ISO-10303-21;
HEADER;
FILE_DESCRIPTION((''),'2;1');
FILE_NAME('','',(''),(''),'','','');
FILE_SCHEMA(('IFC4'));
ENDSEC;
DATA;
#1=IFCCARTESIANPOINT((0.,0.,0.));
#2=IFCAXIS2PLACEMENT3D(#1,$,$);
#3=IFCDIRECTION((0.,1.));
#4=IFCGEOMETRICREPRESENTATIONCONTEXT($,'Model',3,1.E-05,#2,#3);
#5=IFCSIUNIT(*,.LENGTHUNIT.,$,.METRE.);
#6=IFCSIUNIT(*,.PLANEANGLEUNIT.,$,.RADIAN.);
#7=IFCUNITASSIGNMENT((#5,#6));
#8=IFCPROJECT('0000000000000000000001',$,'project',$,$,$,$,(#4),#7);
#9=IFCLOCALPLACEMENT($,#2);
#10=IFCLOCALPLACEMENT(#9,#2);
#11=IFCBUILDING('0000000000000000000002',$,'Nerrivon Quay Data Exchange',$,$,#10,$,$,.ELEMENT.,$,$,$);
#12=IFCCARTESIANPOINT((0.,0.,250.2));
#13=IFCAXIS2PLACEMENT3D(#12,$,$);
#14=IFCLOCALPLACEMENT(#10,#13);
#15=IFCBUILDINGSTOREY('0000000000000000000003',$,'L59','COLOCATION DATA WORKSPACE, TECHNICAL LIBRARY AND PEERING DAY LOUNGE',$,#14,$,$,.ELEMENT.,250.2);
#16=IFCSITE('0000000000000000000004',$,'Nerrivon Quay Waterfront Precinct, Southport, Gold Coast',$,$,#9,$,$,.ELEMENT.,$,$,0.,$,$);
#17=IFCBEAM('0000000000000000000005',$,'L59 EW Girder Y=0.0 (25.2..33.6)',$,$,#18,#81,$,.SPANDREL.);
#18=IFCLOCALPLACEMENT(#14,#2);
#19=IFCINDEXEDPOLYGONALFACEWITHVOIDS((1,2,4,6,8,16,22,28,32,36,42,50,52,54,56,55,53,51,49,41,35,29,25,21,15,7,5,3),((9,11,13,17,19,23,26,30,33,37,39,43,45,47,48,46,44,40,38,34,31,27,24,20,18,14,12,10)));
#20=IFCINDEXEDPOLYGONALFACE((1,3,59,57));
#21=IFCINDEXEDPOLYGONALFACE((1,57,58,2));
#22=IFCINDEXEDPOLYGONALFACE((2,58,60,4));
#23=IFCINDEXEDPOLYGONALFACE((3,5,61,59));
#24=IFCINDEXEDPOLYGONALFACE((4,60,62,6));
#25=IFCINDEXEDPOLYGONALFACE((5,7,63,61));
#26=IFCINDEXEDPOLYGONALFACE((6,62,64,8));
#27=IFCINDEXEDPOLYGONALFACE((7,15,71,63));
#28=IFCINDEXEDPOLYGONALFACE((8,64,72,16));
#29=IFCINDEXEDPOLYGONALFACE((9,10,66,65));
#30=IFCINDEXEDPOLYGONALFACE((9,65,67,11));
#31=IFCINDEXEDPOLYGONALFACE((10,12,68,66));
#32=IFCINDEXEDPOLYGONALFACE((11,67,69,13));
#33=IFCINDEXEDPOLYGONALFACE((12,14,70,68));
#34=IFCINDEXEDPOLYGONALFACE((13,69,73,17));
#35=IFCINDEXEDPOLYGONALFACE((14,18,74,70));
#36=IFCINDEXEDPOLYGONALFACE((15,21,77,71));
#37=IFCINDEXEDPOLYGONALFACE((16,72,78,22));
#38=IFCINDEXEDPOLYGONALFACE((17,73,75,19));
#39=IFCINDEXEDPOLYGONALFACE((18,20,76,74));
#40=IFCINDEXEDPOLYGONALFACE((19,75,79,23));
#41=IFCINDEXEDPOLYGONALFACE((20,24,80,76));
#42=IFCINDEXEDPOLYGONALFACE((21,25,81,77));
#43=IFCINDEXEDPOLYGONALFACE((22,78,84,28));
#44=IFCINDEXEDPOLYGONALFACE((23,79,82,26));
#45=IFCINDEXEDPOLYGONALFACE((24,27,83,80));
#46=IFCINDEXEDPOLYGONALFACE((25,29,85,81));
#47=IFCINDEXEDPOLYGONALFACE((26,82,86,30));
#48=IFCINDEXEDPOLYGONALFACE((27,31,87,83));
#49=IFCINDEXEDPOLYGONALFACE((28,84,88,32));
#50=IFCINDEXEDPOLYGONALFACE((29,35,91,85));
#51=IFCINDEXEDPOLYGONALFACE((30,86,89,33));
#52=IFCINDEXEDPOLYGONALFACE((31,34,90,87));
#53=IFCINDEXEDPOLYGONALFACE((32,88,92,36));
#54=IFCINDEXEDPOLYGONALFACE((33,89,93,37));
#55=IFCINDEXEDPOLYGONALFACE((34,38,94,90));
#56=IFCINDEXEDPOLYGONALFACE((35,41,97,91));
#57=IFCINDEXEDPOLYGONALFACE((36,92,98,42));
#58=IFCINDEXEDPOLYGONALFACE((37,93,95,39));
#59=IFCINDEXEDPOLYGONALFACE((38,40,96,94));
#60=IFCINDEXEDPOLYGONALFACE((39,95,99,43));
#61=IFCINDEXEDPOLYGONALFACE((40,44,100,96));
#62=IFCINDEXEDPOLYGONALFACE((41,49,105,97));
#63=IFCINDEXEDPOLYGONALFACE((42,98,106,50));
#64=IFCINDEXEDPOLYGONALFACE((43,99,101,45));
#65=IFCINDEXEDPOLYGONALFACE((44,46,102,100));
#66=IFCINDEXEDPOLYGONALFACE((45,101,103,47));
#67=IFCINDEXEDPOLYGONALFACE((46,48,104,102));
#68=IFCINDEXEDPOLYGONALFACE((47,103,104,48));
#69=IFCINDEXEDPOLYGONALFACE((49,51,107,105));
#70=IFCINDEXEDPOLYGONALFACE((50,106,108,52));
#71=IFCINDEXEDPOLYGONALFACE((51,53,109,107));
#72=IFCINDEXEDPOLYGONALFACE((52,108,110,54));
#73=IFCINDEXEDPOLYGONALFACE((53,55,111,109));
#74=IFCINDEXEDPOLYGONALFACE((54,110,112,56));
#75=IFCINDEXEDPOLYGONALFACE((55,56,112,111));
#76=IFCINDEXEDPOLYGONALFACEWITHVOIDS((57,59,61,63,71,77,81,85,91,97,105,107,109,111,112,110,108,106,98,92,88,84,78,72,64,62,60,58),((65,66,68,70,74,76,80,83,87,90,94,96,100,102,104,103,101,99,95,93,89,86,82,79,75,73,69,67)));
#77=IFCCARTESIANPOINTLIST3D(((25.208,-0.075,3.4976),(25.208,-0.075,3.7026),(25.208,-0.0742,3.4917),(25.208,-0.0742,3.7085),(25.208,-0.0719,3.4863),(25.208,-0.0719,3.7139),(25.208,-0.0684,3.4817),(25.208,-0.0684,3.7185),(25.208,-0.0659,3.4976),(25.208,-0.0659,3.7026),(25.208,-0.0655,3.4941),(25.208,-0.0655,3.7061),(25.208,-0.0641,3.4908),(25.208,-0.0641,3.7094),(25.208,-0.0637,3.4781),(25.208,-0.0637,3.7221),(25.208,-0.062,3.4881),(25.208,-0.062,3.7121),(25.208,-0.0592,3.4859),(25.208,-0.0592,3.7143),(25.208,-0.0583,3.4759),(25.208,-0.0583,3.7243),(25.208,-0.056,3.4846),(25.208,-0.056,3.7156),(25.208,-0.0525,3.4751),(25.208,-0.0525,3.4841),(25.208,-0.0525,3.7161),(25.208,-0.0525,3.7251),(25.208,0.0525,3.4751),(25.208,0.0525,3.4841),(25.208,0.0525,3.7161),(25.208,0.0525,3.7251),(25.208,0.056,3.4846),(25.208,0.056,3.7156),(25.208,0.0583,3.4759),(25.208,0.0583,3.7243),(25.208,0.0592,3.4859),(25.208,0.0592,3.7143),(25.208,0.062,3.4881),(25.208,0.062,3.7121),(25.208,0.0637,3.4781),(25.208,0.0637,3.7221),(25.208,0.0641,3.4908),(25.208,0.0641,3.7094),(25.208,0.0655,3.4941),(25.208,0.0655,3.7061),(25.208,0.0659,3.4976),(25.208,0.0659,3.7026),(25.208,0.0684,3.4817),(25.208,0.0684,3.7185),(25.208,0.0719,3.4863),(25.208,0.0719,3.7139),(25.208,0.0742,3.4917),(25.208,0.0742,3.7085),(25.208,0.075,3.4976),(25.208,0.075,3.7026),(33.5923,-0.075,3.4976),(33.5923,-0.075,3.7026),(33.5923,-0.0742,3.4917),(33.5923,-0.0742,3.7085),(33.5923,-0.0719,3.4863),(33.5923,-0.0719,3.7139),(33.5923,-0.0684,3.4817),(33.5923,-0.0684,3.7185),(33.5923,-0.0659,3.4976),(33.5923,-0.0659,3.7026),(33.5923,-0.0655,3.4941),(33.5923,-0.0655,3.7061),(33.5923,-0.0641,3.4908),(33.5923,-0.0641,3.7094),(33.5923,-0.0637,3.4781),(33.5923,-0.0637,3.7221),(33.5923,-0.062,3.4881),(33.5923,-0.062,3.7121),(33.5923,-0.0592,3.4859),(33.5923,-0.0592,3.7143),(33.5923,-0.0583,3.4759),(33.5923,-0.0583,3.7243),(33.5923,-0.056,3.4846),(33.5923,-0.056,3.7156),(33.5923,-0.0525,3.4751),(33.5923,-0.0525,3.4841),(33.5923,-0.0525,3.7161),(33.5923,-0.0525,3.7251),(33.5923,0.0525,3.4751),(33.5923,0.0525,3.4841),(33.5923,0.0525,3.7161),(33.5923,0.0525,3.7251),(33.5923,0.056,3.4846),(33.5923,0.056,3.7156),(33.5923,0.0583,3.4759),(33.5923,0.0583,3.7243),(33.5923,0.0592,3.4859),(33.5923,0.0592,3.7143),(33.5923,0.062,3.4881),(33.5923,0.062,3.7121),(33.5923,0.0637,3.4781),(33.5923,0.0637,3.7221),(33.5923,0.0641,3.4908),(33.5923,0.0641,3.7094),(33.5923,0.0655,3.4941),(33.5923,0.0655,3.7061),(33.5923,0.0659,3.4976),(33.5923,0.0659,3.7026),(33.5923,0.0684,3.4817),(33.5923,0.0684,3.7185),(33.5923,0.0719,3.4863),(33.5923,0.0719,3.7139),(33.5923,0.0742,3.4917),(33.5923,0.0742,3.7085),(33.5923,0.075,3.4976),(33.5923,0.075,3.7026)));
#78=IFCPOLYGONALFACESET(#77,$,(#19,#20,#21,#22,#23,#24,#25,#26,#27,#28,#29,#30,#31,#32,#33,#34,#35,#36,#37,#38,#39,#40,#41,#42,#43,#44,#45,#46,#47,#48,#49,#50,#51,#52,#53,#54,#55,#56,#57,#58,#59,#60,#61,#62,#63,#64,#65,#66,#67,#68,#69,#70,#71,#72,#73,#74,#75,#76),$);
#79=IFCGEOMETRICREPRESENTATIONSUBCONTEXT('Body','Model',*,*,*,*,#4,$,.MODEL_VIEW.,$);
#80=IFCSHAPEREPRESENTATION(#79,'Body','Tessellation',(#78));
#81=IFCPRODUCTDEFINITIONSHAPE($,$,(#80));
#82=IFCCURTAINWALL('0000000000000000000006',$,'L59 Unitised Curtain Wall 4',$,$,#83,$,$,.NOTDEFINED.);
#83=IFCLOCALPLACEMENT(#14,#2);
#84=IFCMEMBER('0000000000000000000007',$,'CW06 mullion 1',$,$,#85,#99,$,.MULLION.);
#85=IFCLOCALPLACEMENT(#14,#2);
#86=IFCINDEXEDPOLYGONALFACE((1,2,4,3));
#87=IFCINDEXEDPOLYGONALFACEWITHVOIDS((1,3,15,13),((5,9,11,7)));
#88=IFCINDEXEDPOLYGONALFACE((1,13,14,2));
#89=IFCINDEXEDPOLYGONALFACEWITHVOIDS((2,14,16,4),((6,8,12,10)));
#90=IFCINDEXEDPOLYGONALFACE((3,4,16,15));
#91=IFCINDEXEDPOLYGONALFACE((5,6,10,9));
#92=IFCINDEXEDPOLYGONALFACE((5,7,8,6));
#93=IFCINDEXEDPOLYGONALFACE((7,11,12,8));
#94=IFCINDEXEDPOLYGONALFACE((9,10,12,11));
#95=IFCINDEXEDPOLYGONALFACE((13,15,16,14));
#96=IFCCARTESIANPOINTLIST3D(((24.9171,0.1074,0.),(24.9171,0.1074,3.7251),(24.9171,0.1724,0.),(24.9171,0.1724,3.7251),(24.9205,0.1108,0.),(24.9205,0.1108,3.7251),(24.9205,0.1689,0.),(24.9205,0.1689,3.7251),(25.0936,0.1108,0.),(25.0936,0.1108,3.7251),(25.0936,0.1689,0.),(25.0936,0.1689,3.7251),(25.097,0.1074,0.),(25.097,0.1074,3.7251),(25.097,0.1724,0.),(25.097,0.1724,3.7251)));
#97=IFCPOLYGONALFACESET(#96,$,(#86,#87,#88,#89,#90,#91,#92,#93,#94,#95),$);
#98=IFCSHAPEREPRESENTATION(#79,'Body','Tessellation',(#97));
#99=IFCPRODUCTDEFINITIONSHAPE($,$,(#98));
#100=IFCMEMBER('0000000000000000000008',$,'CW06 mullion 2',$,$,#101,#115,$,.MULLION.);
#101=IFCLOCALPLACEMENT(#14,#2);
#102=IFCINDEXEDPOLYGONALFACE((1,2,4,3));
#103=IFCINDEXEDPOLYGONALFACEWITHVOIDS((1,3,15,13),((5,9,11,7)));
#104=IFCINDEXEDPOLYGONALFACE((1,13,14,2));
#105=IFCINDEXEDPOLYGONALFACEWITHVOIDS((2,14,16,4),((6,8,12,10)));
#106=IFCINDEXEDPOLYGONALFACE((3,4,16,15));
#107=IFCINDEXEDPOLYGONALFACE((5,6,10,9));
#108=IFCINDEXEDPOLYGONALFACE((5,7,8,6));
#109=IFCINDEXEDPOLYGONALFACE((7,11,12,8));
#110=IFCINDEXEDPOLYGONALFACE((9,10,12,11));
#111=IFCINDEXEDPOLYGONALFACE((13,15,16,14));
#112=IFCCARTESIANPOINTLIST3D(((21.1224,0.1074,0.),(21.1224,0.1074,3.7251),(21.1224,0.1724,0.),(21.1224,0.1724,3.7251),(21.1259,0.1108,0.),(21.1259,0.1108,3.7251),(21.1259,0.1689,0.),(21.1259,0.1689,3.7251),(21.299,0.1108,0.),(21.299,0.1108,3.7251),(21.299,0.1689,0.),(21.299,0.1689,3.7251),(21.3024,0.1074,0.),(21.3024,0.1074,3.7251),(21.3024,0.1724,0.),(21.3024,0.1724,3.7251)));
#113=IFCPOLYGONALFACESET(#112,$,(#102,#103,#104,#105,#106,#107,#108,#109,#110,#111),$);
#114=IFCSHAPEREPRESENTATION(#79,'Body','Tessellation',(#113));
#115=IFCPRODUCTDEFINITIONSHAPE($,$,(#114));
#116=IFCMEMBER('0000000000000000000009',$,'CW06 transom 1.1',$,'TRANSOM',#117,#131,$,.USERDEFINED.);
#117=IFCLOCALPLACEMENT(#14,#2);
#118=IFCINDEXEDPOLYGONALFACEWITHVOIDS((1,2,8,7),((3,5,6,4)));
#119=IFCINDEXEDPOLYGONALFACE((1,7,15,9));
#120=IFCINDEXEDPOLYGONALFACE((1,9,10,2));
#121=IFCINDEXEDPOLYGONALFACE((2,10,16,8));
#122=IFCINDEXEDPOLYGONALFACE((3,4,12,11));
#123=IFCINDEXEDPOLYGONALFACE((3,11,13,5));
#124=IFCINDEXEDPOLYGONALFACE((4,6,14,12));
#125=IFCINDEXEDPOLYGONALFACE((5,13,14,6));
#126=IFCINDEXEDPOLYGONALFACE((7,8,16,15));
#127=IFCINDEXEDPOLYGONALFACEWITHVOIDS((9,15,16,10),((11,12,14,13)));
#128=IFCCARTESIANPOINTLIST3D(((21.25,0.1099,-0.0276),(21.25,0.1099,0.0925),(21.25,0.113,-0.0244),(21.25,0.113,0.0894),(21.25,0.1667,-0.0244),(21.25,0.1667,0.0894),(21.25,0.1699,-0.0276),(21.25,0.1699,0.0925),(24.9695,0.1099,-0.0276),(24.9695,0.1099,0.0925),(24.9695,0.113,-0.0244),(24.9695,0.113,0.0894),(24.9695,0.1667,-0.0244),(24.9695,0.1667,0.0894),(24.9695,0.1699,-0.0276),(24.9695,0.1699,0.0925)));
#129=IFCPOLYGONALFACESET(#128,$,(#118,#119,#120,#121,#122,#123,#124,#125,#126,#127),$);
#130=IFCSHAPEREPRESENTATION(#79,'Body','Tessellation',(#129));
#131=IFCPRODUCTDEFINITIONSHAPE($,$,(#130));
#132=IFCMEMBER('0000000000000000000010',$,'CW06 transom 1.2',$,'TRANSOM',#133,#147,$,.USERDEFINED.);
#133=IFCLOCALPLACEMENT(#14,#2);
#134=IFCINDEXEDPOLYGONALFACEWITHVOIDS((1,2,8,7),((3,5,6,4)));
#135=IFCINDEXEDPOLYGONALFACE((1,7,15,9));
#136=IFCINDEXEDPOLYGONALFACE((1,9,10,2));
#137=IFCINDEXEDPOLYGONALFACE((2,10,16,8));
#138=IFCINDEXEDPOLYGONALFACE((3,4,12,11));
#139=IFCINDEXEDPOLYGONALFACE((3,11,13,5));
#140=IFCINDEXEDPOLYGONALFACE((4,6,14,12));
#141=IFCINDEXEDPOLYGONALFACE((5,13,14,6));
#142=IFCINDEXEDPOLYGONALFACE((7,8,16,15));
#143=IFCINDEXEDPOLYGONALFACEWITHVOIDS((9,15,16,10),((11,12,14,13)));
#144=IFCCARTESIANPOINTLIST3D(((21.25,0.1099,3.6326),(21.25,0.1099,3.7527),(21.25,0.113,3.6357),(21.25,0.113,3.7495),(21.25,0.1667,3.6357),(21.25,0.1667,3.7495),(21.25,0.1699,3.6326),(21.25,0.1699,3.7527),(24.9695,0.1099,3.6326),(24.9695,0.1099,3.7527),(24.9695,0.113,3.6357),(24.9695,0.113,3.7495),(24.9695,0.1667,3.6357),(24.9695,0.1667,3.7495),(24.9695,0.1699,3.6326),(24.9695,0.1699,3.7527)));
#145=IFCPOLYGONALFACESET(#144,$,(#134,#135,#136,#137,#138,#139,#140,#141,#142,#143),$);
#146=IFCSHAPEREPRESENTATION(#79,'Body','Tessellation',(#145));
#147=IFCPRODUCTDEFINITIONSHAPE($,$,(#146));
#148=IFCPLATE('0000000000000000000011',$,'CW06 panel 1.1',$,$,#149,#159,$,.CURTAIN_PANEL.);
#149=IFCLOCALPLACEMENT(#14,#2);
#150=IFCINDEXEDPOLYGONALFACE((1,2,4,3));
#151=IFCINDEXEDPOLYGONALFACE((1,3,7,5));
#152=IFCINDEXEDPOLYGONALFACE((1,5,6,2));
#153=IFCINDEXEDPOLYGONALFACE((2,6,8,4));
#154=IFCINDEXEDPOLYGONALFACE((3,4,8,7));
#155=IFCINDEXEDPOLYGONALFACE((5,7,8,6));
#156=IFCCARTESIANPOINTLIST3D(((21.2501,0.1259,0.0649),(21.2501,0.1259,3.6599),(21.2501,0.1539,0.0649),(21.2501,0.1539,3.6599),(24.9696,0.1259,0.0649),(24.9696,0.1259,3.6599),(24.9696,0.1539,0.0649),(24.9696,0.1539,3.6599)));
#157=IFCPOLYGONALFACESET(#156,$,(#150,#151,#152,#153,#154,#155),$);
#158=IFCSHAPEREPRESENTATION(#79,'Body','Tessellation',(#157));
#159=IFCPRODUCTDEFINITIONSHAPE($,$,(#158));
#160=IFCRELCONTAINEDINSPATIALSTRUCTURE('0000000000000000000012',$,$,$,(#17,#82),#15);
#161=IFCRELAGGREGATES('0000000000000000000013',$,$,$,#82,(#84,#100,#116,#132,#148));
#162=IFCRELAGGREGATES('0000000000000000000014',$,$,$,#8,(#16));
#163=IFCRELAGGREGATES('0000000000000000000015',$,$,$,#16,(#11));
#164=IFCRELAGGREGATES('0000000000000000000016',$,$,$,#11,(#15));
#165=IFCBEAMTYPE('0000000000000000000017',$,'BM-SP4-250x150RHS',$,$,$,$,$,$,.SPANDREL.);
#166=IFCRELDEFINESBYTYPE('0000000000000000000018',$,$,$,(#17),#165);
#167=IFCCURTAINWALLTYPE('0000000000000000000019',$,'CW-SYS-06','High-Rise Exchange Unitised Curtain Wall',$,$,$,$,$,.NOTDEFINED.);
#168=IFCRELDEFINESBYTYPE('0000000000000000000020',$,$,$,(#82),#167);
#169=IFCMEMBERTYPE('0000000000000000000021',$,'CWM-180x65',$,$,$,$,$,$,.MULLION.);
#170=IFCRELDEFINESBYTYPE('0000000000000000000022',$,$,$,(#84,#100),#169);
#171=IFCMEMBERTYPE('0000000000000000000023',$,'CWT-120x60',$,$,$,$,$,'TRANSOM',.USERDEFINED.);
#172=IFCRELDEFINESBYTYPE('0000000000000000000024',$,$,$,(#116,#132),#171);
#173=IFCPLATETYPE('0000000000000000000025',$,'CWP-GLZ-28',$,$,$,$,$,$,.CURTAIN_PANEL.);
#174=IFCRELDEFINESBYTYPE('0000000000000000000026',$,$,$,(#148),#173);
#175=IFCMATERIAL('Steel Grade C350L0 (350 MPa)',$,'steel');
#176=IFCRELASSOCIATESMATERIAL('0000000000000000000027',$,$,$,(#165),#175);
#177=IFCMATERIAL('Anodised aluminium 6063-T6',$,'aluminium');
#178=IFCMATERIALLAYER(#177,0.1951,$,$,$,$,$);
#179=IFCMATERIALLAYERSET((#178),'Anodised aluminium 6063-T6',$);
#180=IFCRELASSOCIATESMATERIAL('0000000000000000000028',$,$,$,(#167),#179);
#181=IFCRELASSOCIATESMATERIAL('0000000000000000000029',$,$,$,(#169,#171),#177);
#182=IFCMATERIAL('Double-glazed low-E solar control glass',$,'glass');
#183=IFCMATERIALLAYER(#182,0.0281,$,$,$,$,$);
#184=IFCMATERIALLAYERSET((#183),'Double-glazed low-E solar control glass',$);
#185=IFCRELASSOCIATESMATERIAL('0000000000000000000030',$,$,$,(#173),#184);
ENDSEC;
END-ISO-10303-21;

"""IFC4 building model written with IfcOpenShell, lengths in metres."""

from ifc_helpers import new_model, si_unit, direction, frame, origin, origin_2d, place, context, subcontext, project, spatial, rectangle, hollow_rectangle, extrude, material, layer, layer_set, material_profile, profile_set, type_object, element, aggregate, save


model = new_model("IFC4")

# Units and contexts
model_context = context("Model", 3, precision=1e-05, world=origin(), true_north=direction((0.0, 1.0)))
body_context = subcontext(model_context, "Body", "Model", "MODEL_VIEW")
ifc_project = project(units=[si_unit("LENGTHUNIT", "METRE"), si_unit("PLANEANGLEUNIT", "RADIAN")], contexts=[model_context])

# Site, building, storey
site_placement = place(None, origin())
site = spatial("IfcSite", under=ifc_project, at=site_placement, Name="Nerrivon Quay Waterfront Precinct, Southport, Gold Coast", CompositionType="ELEMENT", RefElevation=0.0)
building_placement = place(site_placement, origin())
building = spatial("IfcBuilding", under=site, at=building_placement, Name="Nerrivon Quay Data Exchange", CompositionType="ELEMENT")
storey_placement = place(building_placement, frame((0.0, 0.0, 250.2)))
storey = spatial("IfcBuildingStorey", under=building, at=storey_placement, Name="L59", Description="COLOCATION DATA WORKSPACE, TECHNICAL LIBRARY AND PEERING DAY LOUNGE", CompositionType="ELEMENT", Elevation=250.2)

# Beam
ifc_material_1 = material(Name="Steel Grade C350L0 (350 MPa)", Category="steel")
ifc_material_profile_1 = material_profile(ifc_material_1, hollow_rectangle(XDim=0.1499, YDim=0.25, WallThickness=0.009, InnerFilletRadius=0.0134, OuterFilletRadius=0.0225, at=origin_2d()), Name="250x150x9.0RHS")
ifc_profile_set_1 = profile_set([ifc_material_profile_1], Name="Steel Grade C350L0 (350 MPa)")
beam_type_1 = type_object("IfcBeamType", Name="BM-SP4-250x150RHS", PredefinedType="SPANDREL", material=ifc_profile_set_1)
for number, where, z_axis, x_axis, name in (
    (1, (25.208, 0.0, 3.6001), (1.0, 0.0, 0.0), (0.0, 1.0, 0.0), "L59 EW Girder Y=0.0 (25.2..33.6)"),
):
    element("IfcBeam", number, at=place(storey_placement, frame(where, z_axis=z_axis, x_axis=x_axis)), inside=storey, type_object=beam_type_1, Name=name, PredefinedType="SPANDREL", context=body_context, shape_type="SweptSolid", body=[
        extrude(hollow_rectangle(XDim=0.1499, YDim=0.25, WallThickness=0.009, InnerFilletRadius=0.0134, OuterFilletRadius=0.0225, at=origin_2d()), origin(), (0.0, 0.0, 1.0), 8.3843),
    ])

# Curtain wall, members, plate
ifc_material_2 = material(Name="Anodised aluminium 6063-T6", Category="aluminium")
ifc_layer_1 = layer(ifc_material_2, 0.1951)
ifc_layer_set_1 = layer_set([ifc_layer_1], Name="Anodised aluminium 6063-T6")
curtain_wall_type = type_object("IfcCurtainWallType", Name="CW-SYS-06", Description="High-Rise Exchange Unitised Curtain Wall", PredefinedType="NOTDEFINED", material=ifc_layer_set_1)
curtain_wall_placement = place(storey_placement, origin())
curtain_wall = element("IfcCurtainWall", 2, at=curtain_wall_placement, inside=storey, type_object=curtain_wall_type, Name="L59 Unitised Curtain Wall 4", PredefinedType="NOTDEFINED")
ifc_material_profile_2 = material_profile(ifc_material_2, hollow_rectangle(XDim=0.0649, YDim=0.1799, WallThickness=0.0034, at=origin_2d()), Name="ALU-MULL-180x65")
ifc_profile_set_2 = profile_set([ifc_material_profile_2], Name="Anodised aluminium 6063-T6")
member_type_1 = type_object("IfcMemberType", Name="CWM-180x65", PredefinedType="MULLION", material=ifc_profile_set_2)
member_1_placement = place(storey_placement, frame((25.0071, 0.1399, 0.0), z_axis=(0.0, 0.0, 1.0), x_axis=(0.0, -1.0, 0.0)))
member_1 = element("IfcMember", 3, at=member_1_placement, type_object=member_type_1, Name="CW06 mullion 1", PredefinedType="MULLION", context=body_context, shape_type="SweptSolid", body=[
    extrude(hollow_rectangle(XDim=0.0649, YDim=0.1799, WallThickness=0.0034, at=origin_2d()), origin(), (0.0, 0.0, 1.0), 3.7251),
])
member_2_placement = place(storey_placement, frame((21.2124, 0.1399, 0.0), z_axis=(0.0, 0.0, 1.0), x_axis=(0.0, -1.0, 0.0)))
member_2 = element("IfcMember", 4, at=member_2_placement, type_object=member_type_1, Name="CW06 mullion 2", PredefinedType="MULLION", context=body_context, shape_type="SweptSolid", body=[
    extrude(hollow_rectangle(XDim=0.0649, YDim=0.1799, WallThickness=0.0034, at=origin_2d()), origin(), (0.0, 0.0, 1.0), 3.7251),
])
ifc_material_profile_3 = material_profile(ifc_material_2, hollow_rectangle(XDim=0.0601, YDim=0.1201, WallThickness=0.0032, at=origin_2d()), Name="ALU-TRAN-120x60")
ifc_profile_set_3 = profile_set([ifc_material_profile_3], Name="Anodised aluminium 6063-T6")
member_type_2 = type_object("IfcMemberType", Name="CWT-120x60", ElementType="TRANSOM", PredefinedType="USERDEFINED", material=ifc_profile_set_3)
member_3_placement = place(storey_placement, frame((24.9695, 0.1399, 0.0325), z_axis=(-1.0, 0.0, 0.0), x_axis=(0.0, -1.0, 0.0)))
member_3 = element("IfcMember", 5, at=member_3_placement, type_object=member_type_2, Name="CW06 transom 1.1", ObjectType="TRANSOM", PredefinedType="USERDEFINED", context=body_context, shape_type="SweptSolid", body=[
    extrude(hollow_rectangle(XDim=0.0601, YDim=0.1201, WallThickness=0.0032, at=origin_2d()), origin(), (0.0, 0.0, 1.0), 3.7195),
])
member_4_placement = place(storey_placement, frame((24.9695, 0.1399, 3.6926), z_axis=(-1.0, 0.0, 0.0), x_axis=(0.0, -1.0, 0.0)))
member_4 = element("IfcMember", 6, at=member_4_placement, type_object=member_type_2, Name="CW06 transom 1.2", ObjectType="TRANSOM", PredefinedType="USERDEFINED", context=body_context, shape_type="SweptSolid", body=[
    extrude(hollow_rectangle(XDim=0.0601, YDim=0.1201, WallThickness=0.0032, at=origin_2d()), origin(), (0.0, 0.0, 1.0), 3.7195),
])
ifc_material_3 = material(Name="Double-glazed low-E solar control glass", Category="glass")
ifc_layer_2 = layer(ifc_material_3, 0.0281)
ifc_layer_set_2 = layer_set([ifc_layer_2], Name="Double-glazed low-E solar control glass")
plate_type = type_object("IfcPlateType", Name="CWP-GLZ-28", PredefinedType="CURTAIN_PANEL", material=ifc_layer_set_2)
plate_placement = place(storey_placement, frame((23.1099, 0.1399, 0.0649), z_axis=(0.0, 0.0, 1.0), x_axis=(-1.0, 0.0, 0.0)))
plate = element("IfcPlate", 7, at=plate_placement, type_object=plate_type, Name="CW06 panel 1.1", PredefinedType="CURTAIN_PANEL", context=body_context, shape_type="SweptSolid", body=[
    extrude(rectangle(XDim=3.7195, YDim=0.0281, at=origin_2d()), origin(), (0.0, 0.0, 1.0), 3.595),
])
aggregate(curtain_wall, [member_1, member_2, member_3, member_4, plate])

save(model, "model.ifc")
